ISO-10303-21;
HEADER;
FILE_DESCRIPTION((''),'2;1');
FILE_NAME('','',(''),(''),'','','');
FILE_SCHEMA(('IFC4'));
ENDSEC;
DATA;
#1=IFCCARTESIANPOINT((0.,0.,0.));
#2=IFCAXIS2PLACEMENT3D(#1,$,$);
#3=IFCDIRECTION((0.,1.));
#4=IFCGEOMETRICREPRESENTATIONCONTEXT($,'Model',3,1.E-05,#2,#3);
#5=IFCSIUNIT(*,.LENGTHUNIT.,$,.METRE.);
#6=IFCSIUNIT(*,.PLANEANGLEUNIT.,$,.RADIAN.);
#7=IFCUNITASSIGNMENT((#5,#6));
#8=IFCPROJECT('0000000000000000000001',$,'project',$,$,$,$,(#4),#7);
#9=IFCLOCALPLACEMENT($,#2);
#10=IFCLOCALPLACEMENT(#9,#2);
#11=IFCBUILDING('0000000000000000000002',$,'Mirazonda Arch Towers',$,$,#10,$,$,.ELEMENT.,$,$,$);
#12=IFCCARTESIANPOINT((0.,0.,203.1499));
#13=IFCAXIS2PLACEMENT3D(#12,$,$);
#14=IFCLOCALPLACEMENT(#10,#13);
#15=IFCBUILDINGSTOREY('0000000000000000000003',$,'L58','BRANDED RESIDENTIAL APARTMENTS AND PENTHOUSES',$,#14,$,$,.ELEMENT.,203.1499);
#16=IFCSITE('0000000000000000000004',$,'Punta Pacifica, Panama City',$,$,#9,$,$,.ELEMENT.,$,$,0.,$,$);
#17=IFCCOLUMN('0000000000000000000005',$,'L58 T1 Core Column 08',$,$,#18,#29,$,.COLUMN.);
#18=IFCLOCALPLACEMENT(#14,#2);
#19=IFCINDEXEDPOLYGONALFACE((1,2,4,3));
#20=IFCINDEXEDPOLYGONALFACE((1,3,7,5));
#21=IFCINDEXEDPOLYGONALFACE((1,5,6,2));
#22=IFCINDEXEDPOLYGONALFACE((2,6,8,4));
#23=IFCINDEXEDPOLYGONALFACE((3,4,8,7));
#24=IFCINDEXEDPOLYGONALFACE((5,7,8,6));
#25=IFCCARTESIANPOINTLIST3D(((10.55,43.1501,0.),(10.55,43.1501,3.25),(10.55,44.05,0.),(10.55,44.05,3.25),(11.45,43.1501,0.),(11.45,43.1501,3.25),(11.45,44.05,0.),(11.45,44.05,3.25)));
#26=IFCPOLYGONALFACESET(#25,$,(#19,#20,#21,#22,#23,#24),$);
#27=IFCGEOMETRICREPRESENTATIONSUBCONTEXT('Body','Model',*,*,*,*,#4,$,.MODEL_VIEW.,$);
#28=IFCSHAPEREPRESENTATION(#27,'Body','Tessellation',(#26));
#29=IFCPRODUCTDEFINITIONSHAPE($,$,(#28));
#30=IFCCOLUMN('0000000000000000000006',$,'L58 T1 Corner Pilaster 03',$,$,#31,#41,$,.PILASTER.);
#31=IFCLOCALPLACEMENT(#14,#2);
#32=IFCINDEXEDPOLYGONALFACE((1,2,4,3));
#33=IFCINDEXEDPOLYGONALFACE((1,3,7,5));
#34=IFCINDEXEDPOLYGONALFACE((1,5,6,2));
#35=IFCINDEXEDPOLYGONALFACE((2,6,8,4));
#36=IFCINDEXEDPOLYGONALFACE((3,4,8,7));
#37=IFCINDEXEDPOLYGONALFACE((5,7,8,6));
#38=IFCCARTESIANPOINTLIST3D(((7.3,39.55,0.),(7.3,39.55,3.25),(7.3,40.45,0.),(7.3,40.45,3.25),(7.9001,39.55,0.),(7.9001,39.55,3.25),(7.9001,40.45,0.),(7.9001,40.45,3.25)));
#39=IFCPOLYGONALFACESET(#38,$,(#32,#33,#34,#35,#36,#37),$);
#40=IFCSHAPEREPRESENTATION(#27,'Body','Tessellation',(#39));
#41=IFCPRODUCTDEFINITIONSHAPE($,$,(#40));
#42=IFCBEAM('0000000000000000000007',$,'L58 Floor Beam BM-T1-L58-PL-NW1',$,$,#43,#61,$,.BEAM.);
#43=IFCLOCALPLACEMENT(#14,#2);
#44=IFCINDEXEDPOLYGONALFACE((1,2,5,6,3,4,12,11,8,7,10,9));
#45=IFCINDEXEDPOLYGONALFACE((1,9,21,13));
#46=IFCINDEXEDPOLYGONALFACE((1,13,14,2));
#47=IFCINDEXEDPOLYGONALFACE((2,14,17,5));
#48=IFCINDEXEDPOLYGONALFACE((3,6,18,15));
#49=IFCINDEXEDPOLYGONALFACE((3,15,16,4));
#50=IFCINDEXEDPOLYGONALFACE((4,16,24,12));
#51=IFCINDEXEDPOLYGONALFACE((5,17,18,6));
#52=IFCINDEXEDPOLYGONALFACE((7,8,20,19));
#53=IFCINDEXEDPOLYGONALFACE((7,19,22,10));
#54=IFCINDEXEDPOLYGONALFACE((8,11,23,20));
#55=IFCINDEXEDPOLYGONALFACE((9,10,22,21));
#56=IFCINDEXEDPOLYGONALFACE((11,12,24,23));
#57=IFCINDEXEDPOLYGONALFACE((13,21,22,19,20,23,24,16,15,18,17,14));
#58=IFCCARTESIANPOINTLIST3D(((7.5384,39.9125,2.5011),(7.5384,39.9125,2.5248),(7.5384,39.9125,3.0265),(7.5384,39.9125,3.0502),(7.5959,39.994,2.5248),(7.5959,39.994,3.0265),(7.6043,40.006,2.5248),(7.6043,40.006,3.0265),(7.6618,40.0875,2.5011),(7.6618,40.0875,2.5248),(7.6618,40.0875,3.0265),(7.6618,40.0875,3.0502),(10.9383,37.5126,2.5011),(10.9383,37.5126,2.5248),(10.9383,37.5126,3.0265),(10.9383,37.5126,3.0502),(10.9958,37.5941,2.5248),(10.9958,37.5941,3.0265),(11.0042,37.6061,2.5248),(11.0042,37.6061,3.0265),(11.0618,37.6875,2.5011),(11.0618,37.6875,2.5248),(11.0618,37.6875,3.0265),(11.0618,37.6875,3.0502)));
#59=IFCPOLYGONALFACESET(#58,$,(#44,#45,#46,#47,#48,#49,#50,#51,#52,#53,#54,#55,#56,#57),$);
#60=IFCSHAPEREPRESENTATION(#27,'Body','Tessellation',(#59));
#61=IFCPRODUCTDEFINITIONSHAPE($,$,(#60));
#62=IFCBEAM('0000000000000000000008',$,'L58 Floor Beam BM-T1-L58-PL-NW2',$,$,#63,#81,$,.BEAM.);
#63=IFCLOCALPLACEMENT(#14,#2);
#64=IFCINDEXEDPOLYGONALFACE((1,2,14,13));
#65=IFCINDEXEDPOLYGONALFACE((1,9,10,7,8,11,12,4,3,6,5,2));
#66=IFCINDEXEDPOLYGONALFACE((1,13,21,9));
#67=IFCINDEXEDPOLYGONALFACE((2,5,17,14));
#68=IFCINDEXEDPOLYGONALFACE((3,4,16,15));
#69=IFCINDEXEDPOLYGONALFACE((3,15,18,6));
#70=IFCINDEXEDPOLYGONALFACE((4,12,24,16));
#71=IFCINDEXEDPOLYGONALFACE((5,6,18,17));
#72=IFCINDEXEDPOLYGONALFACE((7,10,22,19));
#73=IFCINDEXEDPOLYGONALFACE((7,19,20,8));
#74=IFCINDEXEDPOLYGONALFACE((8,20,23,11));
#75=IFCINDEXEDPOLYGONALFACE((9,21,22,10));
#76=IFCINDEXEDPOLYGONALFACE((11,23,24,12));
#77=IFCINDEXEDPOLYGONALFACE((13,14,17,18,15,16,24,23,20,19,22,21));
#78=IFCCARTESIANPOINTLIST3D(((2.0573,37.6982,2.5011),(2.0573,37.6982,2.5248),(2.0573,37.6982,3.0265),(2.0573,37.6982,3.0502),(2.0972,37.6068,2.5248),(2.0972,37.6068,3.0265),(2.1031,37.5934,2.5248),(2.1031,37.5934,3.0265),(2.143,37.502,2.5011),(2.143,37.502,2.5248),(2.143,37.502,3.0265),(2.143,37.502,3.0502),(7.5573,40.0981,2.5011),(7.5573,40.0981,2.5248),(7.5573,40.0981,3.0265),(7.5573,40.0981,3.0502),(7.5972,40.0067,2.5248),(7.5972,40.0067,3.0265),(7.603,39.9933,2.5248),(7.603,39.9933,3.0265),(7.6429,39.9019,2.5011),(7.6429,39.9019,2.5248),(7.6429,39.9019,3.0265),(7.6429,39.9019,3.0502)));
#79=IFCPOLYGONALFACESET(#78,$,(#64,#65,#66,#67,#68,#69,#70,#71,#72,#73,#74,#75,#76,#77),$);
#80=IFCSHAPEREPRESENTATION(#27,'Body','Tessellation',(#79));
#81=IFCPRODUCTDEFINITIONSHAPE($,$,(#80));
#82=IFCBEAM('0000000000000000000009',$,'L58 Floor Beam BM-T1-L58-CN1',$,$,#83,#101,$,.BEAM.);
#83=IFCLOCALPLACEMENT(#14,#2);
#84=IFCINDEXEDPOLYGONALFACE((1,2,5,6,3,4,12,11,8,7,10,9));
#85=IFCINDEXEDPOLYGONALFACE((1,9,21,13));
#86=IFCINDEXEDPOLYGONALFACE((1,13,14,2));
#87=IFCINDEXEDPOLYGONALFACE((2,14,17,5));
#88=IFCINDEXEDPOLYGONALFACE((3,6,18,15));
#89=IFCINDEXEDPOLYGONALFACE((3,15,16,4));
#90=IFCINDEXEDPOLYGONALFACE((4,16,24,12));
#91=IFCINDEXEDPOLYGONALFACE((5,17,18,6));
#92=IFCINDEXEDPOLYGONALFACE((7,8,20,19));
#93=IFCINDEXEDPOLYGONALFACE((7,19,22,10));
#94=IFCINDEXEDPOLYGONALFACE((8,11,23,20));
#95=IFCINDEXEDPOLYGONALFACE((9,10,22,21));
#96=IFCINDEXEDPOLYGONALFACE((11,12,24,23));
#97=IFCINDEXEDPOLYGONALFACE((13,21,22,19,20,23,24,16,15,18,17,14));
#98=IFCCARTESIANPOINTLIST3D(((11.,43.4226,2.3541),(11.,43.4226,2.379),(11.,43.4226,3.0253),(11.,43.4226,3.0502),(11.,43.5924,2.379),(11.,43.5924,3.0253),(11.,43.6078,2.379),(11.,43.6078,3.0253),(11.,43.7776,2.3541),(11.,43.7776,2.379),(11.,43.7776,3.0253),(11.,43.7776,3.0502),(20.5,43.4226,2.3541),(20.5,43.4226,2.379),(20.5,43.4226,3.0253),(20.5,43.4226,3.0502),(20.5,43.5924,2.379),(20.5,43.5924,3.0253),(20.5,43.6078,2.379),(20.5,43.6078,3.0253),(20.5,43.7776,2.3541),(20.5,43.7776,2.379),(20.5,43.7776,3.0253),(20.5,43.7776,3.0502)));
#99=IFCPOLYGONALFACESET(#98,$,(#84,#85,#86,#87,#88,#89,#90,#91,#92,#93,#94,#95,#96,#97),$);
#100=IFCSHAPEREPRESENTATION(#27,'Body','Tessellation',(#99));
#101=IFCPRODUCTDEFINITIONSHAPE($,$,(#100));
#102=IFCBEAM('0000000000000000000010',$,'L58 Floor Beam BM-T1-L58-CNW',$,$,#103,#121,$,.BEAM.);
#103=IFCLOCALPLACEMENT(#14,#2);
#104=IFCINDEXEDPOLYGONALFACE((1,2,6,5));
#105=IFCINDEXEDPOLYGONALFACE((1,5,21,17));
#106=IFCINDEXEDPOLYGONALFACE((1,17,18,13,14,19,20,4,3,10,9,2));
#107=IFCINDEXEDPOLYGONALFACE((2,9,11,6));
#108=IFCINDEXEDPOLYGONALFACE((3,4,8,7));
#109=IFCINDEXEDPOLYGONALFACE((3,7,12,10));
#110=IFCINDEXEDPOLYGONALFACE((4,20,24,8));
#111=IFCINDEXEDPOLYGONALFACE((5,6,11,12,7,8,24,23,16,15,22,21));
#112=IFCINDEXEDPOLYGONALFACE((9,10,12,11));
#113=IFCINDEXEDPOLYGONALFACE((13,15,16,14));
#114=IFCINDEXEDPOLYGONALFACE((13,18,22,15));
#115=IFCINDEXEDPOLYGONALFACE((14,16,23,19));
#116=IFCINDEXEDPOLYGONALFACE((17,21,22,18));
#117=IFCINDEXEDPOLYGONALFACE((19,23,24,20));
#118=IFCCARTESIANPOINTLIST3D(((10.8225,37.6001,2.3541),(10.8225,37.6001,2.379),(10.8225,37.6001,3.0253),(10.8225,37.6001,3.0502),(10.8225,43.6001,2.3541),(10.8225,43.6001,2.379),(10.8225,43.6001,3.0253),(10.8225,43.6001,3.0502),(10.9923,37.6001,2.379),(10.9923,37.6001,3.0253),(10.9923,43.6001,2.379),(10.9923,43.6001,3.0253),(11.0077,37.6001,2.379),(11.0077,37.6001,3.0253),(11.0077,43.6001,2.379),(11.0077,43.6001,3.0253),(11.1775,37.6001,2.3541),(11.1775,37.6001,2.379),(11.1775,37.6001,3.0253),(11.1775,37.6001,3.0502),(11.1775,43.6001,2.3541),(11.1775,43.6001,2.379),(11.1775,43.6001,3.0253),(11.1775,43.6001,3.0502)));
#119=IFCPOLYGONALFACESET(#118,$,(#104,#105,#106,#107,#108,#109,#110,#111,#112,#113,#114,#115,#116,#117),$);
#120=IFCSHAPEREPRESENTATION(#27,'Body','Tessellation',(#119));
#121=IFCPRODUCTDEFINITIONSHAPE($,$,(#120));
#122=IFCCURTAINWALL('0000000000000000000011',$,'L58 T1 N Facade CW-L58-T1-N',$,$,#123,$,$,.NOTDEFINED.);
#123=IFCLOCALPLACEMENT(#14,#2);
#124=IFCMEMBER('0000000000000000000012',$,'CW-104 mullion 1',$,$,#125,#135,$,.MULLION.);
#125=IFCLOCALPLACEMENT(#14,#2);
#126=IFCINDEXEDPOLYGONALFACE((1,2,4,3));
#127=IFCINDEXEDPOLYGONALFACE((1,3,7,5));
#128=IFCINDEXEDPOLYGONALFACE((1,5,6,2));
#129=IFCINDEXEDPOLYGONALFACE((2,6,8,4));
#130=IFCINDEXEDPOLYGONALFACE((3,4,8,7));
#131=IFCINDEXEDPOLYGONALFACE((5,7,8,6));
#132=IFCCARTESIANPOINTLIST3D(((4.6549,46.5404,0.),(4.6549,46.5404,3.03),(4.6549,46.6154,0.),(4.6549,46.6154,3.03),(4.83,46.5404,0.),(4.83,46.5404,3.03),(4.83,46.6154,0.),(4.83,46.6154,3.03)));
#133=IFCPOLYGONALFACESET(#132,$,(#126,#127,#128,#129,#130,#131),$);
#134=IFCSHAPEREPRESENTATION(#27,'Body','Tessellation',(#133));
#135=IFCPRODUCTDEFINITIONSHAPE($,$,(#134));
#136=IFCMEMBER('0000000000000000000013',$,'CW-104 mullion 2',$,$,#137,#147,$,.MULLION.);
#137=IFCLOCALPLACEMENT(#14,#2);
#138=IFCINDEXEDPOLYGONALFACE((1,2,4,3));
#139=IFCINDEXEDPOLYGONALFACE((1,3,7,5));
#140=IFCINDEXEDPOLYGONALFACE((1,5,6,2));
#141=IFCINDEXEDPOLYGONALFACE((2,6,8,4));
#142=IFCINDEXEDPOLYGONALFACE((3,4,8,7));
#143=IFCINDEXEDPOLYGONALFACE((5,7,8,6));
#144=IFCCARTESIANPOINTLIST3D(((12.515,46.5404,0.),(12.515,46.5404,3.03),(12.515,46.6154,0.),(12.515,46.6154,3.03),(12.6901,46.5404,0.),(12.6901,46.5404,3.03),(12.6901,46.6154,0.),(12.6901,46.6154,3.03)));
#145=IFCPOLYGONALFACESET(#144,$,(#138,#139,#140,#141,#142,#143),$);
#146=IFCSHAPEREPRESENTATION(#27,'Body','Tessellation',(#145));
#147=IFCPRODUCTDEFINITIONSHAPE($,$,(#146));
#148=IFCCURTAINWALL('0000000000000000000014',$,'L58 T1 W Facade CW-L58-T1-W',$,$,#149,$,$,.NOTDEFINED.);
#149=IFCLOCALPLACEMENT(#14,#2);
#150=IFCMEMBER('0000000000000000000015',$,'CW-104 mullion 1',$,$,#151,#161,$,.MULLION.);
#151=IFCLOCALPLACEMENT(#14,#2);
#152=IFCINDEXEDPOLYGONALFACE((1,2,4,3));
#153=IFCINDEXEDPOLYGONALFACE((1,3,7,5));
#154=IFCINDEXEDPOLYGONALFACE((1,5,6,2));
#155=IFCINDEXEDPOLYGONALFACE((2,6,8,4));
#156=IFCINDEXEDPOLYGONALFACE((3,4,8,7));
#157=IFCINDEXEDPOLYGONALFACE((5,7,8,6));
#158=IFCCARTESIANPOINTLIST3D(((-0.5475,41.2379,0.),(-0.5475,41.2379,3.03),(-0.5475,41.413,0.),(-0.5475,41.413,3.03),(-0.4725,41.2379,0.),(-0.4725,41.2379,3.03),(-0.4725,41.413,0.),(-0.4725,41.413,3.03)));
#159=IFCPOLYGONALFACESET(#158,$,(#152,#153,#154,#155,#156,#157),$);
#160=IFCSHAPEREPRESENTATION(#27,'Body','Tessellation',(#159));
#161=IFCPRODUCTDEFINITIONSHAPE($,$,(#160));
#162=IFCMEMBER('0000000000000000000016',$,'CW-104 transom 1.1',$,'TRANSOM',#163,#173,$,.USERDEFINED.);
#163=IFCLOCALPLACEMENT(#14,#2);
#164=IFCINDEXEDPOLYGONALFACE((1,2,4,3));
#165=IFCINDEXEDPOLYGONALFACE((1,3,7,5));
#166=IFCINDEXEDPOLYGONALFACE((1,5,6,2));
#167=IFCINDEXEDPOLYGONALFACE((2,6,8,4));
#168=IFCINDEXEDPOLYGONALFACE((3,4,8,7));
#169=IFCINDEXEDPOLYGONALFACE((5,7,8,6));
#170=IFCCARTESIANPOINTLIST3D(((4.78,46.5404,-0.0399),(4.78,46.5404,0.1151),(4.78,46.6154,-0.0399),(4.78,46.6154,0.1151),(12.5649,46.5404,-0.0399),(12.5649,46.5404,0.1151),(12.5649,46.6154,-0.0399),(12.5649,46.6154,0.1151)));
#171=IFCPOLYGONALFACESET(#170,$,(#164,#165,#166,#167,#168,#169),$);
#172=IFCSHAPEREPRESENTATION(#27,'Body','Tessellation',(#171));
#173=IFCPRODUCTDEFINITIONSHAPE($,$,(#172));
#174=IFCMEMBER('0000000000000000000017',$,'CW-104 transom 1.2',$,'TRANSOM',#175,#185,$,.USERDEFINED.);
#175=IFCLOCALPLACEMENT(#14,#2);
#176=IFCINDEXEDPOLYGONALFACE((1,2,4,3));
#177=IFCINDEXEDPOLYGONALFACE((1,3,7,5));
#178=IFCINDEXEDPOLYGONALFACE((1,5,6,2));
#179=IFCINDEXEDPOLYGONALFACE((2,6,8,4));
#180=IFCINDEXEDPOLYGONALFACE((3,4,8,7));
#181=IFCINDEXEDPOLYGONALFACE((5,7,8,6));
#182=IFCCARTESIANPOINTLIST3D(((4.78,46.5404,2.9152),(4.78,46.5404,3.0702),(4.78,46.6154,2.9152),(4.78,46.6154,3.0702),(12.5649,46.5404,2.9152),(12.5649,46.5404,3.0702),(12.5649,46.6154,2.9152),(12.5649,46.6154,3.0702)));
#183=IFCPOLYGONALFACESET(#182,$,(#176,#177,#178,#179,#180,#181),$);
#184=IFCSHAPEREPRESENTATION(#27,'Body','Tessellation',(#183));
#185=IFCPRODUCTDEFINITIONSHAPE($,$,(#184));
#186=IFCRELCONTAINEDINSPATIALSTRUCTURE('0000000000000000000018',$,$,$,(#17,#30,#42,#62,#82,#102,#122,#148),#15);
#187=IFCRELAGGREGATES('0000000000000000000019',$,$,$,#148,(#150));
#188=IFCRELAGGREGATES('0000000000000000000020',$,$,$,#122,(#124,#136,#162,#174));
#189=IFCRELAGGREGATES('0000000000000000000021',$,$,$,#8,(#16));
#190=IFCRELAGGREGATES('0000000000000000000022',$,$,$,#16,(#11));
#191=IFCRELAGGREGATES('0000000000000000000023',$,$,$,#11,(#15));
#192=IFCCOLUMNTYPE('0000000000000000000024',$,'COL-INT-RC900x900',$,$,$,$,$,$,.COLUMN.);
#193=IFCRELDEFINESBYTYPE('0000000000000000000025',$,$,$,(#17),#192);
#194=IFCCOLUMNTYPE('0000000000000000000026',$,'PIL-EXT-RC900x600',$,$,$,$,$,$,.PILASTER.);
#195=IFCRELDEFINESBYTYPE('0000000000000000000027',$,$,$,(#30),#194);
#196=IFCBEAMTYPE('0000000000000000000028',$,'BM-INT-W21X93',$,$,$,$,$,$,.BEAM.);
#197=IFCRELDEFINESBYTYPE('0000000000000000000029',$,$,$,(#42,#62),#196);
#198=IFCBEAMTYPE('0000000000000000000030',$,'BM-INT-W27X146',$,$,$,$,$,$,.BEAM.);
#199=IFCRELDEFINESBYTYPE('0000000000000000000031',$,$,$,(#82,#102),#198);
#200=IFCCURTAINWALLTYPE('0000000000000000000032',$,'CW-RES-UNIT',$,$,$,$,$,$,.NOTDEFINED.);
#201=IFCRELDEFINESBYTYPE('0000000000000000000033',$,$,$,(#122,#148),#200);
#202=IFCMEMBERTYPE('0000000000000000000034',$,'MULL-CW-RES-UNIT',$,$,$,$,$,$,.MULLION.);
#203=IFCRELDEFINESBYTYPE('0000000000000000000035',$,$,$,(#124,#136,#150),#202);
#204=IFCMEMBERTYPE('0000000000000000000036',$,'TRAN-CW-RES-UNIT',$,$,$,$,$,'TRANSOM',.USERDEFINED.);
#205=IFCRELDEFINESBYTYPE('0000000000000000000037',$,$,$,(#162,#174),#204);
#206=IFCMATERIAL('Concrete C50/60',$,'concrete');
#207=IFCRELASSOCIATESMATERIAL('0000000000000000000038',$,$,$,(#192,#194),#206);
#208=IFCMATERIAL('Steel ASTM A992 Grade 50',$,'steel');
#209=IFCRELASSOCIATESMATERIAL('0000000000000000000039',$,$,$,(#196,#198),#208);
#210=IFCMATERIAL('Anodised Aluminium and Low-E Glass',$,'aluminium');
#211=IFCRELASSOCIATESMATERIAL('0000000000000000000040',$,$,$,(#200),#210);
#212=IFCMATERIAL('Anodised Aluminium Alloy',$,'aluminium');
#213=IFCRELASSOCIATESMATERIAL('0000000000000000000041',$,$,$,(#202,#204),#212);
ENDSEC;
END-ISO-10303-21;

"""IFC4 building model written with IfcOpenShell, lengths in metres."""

from ifc_helpers import new_model, si_unit, direction, frame, origin, origin_2d, place, context, subcontext, project, spatial, rectangle, i_section, extrude, material, material_profile, profile_set, type_object, element, aggregate, save


model = new_model("IFC4")

# Units and contexts
model_context = context("Model", 3, precision=1e-05, world=origin(), true_north=direction((0.0, 1.0)))
body_context = subcontext(model_context, "Body", "Model", "MODEL_VIEW")
ifc_project = project(units=[si_unit("LENGTHUNIT", "METRE"), si_unit("PLANEANGLEUNIT", "RADIAN")], contexts=[model_context])

# Site, building, storey
site_placement = place(None, origin())
site = spatial("IfcSite", under=ifc_project, at=site_placement, Name="Punta Pacifica, Panama City", CompositionType="ELEMENT", RefElevation=0.0)
building_placement = place(site_placement, origin())
building = spatial("IfcBuilding", under=site, at=building_placement, Name="Mirazonda Arch Towers", CompositionType="ELEMENT")
storey_placement = place(building_placement, frame((0.0, 0.0, 203.1499)))
storey = spatial("IfcBuildingStorey", under=building, at=storey_placement, Name="L58", Description="BRANDED RESIDENTIAL APARTMENTS AND PENTHOUSES", CompositionType="ELEMENT", Elevation=203.1499)

# Columns
ifc_material_1 = material(Name="Concrete C50/60", Category="concrete")
ifc_material_profile_1 = material_profile(ifc_material_1, rectangle(XDim=0.8999, YDim=0.8999, at=origin_2d()), Name="RC900x900")
ifc_profile_set_1 = profile_set([ifc_material_profile_1], Name="Concrete C50/60")
column_type_1 = type_object("IfcColumnType", Name="COL-INT-RC900x900", PredefinedType="COLUMN", material=ifc_profile_set_1)
column_1_placement = place(storey_placement, frame((11.0, 43.6001, 0.0), z_axis=(0.0, 0.0, 1.0), x_axis=(1.0, 0.0, 0.0)))
element("IfcColumn", 1, at=column_1_placement, inside=storey, type_object=column_type_1, Name="L58 T1 Core Column 08", PredefinedType="COLUMN", context=body_context, shape_type="SweptSolid", body=[
    extrude(rectangle(XDim=0.8999, YDim=0.8999, at=origin_2d()), origin(), (0.0, 0.0, 1.0), 3.25),
])
ifc_material_profile_2 = material_profile(ifc_material_1, rectangle(XDim=0.6001, YDim=0.8999, at=origin_2d()), Name="RC900x600")
ifc_profile_set_2 = profile_set([ifc_material_profile_2], Name="Concrete C50/60")
column_type_2 = type_object("IfcColumnType", Name="PIL-EXT-RC900x600", PredefinedType="PILASTER", material=ifc_profile_set_2)
column_2_placement = place(storey_placement, frame((7.6001, 40.0, 0.0), z_axis=(0.0, 0.0, 1.0), x_axis=(1.0, 0.0, 0.0)))
element("IfcColumn", 2, at=column_2_placement, inside=storey, type_object=column_type_2, Name="L58 T1 Corner Pilaster 03", PredefinedType="PILASTER", context=body_context, shape_type="SweptSolid", body=[
    extrude(rectangle(XDim=0.6001, YDim=0.8999, at=origin_2d()), origin(), (0.0, 0.0, 1.0), 3.25),
])

# Beams
ifc_material_2 = material(Name="Steel ASTM A992 Grade 50", Category="steel")
ifc_material_profile_3 = material_profile(ifc_material_2, i_section(OverallWidth=0.2141, OverallDepth=0.5491, WebThickness=0.0146, FlangeThickness=0.0237, at=origin_2d()), Name="W21X93")
ifc_profile_set_3 = profile_set([ifc_material_profile_3], Name="Steel ASTM A992 Grade 50")
beam_type_1 = type_object("IfcBeamType", Name="BM-INT-W21X93", PredefinedType="BEAM", material=ifc_profile_set_3)
beam_1_placement = place(storey_placement, frame((7.6001, 40.0, 2.7756), z_axis=(0.816971, -0.576679, 0.0), x_axis=(0.576679, 0.816971, 0.0)))
element("IfcBeam", 3, at=beam_1_placement, inside=storey, type_object=beam_type_1, Name="L58 Floor Beam BM-T1-L58-PL-NW1", PredefinedType="BEAM", context=body_context, shape_type="SweptSolid", body=[
    extrude(i_section(OverallWidth=0.2141, OverallDepth=0.5491, WebThickness=0.0146, FlangeThickness=0.0237, at=origin_2d()), origin(), (0.0, 0.0, 1.0), 4.1616),
])
beam_2_placement = place(storey_placement, frame((7.6001, 40.0, 2.7756), z_axis=(-0.916545, -0.399931, 0.0), x_axis=(0.399931, -0.916545, 0.0)))
element("IfcBeam", 4, at=beam_2_placement, inside=storey, type_object=beam_type_1, Name="L58 Floor Beam BM-T1-L58-PL-NW2", PredefinedType="BEAM", context=body_context, shape_type="SweptSolid", body=[
    extrude(i_section(OverallWidth=0.2141, OverallDepth=0.5491, WebThickness=0.0146, FlangeThickness=0.0237, at=origin_2d()), origin(), (0.0, 0.0, 1.0), 6.0007),
])
ifc_material_profile_4 = material_profile(ifc_material_2, i_section(OverallWidth=0.355, OverallDepth=0.696, WebThickness=0.0154, FlangeThickness=0.0249, at=origin_2d()), Name="W27X146")
ifc_profile_set_4 = profile_set([ifc_material_profile_4], Name="Steel ASTM A992 Grade 50")
beam_type_2 = type_object("IfcBeamType", Name="BM-INT-W27X146", PredefinedType="BEAM", material=ifc_profile_set_4)
beam_3_placement = place(storey_placement, frame((11.0, 43.6001, 2.7021), z_axis=(1.0, 0.0, 0.0), x_axis=(0.0, 1.0, 0.0)))
element("IfcBeam", 5, at=beam_3_placement, inside=storey, type_object=beam_type_2, Name="L58 Floor Beam BM-T1-L58-CN1", PredefinedType="BEAM", context=body_context, shape_type="SweptSolid", body=[
    extrude(i_section(OverallWidth=0.355, OverallDepth=0.696, WebThickness=0.0154, FlangeThickness=0.0249, at=origin_2d()), origin(), (0.0, 0.0, 1.0), 9.5),
])
beam_4_placement = place(storey_placement, frame((11.0, 37.6001, 2.7021), z_axis=(0.0, 1.0, 0.0), x_axis=(-1.0, 0.0, 0.0)))
element("IfcBeam", 6, at=beam_4_placement, inside=storey, type_object=beam_type_2, Name="L58 Floor Beam BM-T1-L58-CNW", PredefinedType="BEAM", context=body_context, shape_type="SweptSolid", body=[
    extrude(i_section(OverallWidth=0.355, OverallDepth=0.696, WebThickness=0.0154, FlangeThickness=0.0249, at=origin_2d()), origin(), (0.0, 0.0, 1.0), 6.0),
])

# Curtain wall, members
ifc_material_3 = material(Name="Anodised Aluminium and Low-E Glass", Category="aluminium")
curtain_wall_type = type_object("IfcCurtainWallType", Name="CW-RES-UNIT", PredefinedType="NOTDEFINED", material=ifc_material_3)
curtain_wall_1_placement = place(storey_placement, origin())
curtain_wall_1 = element("IfcCurtainWall", 7, at=curtain_wall_1_placement, inside=storey, type_object=curtain_wall_type, Name="L58 T1 N Facade CW-L58-T1-N", PredefinedType="NOTDEFINED")
ifc_material_4 = material(Name="Anodised Aluminium Alloy", Category="aluminium")
ifc_material_profile_5 = material_profile(ifc_material_4, rectangle(XDim=0.075, YDim=0.175, at=origin_2d()), Name="ALU-MULL-75x175")
ifc_profile_set_5 = profile_set([ifc_material_profile_5], Name="Anodised Aluminium Alloy")
member_type_1 = type_object("IfcMemberType", Name="MULL-CW-RES-UNIT", PredefinedType="MULLION", material=ifc_profile_set_5)
member_1_placement = place(storey_placement, frame((4.7424, 46.5779, 0.0), z_axis=(0.0, 0.0, 1.0), x_axis=(0.0, 1.0, 0.0)))
member_1 = element("IfcMember", 8, at=member_1_placement, type_object=member_type_1, Name="CW-104 mullion 1", PredefinedType="MULLION", context=body_context, shape_type="SweptSolid", body=[
    extrude(rectangle(XDim=0.075, YDim=0.175, at=origin_2d()), origin(), (0.0, 0.0, 1.0), 3.03),
])
member_2_placement = place(storey_placement, frame((12.6025, 46.5779, 0.0), z_axis=(0.0, 0.0, 1.0), x_axis=(0.0, 1.0, 0.0)))
member_2 = element("IfcMember", 9, at=member_2_placement, type_object=member_type_1, Name="CW-104 mullion 2", PredefinedType="MULLION", context=body_context, shape_type="SweptSolid", body=[
    extrude(rectangle(XDim=0.075, YDim=0.175, at=origin_2d()), origin(), (0.0, 0.0, 1.0), 3.03),
])

# Curtain wall, member
curtain_wall_2_placement = place(storey_placement, origin())
curtain_wall_2 = element("IfcCurtainWall", 10, at=curtain_wall_2_placement, inside=storey, type_object=curtain_wall_type, Name="L58 T1 W Facade CW-L58-T1-W", PredefinedType="NOTDEFINED")
member_3_placement = place(storey_placement, frame((-0.51, 41.3254, 0.0), z_axis=(0.0, 0.0, 1.0), x_axis=(1.0, 0.0, 0.0)))
member_3 = element("IfcMember", 11, at=member_3_placement, type_object=member_type_1, Name="CW-104 mullion 1", PredefinedType="MULLION", context=body_context, shape_type="SweptSolid", body=[
    extrude(rectangle(XDim=0.075, YDim=0.175, at=origin_2d()), origin(), (0.0, 0.0, 1.0), 3.03),
])

# Members
ifc_material_profile_6 = material_profile(ifc_material_4, rectangle(XDim=0.075, YDim=0.155, at=origin_2d()), Name="ALU-TRAN-75x155")
ifc_profile_set_6 = profile_set([ifc_material_profile_6], Name="Anodised Aluminium Alloy")
member_type_2 = type_object("IfcMemberType", Name="TRAN-CW-RES-UNIT", ElementType="TRANSOM", PredefinedType="USERDEFINED", material=ifc_profile_set_6)
member_4_placement = place(storey_placement, frame((4.78, 46.5779, 0.0376), z_axis=(1.0, 0.0, 0.0), x_axis=(0.0, 1.0, 0.0)))
member_4 = element("IfcMember", 12, at=member_4_placement, type_object=member_type_2, Name="CW-104 transom 1.1", ObjectType="TRANSOM", PredefinedType="USERDEFINED", context=body_context, shape_type="SweptSolid", body=[
    extrude(rectangle(XDim=0.075, YDim=0.155, at=origin_2d()), origin(), (0.0, 0.0, 1.0), 7.7849),
])
member_5_placement = place(storey_placement, frame((4.78, 46.5779, 2.9927), z_axis=(1.0, 0.0, 0.0), x_axis=(0.0, 1.0, 0.0)))
member_5 = element("IfcMember", 13, at=member_5_placement, type_object=member_type_2, Name="CW-104 transom 1.2", ObjectType="TRANSOM", PredefinedType="USERDEFINED", context=body_context, shape_type="SweptSolid", body=[
    extrude(rectangle(XDim=0.075, YDim=0.155, at=origin_2d()), origin(), (0.0, 0.0, 1.0), 7.7849),
])
aggregate(curtain_wall_2, [member_3])

aggregate(curtain_wall_1, [member_1, member_2, member_4, member_5])

save(model, "model.ifc")
